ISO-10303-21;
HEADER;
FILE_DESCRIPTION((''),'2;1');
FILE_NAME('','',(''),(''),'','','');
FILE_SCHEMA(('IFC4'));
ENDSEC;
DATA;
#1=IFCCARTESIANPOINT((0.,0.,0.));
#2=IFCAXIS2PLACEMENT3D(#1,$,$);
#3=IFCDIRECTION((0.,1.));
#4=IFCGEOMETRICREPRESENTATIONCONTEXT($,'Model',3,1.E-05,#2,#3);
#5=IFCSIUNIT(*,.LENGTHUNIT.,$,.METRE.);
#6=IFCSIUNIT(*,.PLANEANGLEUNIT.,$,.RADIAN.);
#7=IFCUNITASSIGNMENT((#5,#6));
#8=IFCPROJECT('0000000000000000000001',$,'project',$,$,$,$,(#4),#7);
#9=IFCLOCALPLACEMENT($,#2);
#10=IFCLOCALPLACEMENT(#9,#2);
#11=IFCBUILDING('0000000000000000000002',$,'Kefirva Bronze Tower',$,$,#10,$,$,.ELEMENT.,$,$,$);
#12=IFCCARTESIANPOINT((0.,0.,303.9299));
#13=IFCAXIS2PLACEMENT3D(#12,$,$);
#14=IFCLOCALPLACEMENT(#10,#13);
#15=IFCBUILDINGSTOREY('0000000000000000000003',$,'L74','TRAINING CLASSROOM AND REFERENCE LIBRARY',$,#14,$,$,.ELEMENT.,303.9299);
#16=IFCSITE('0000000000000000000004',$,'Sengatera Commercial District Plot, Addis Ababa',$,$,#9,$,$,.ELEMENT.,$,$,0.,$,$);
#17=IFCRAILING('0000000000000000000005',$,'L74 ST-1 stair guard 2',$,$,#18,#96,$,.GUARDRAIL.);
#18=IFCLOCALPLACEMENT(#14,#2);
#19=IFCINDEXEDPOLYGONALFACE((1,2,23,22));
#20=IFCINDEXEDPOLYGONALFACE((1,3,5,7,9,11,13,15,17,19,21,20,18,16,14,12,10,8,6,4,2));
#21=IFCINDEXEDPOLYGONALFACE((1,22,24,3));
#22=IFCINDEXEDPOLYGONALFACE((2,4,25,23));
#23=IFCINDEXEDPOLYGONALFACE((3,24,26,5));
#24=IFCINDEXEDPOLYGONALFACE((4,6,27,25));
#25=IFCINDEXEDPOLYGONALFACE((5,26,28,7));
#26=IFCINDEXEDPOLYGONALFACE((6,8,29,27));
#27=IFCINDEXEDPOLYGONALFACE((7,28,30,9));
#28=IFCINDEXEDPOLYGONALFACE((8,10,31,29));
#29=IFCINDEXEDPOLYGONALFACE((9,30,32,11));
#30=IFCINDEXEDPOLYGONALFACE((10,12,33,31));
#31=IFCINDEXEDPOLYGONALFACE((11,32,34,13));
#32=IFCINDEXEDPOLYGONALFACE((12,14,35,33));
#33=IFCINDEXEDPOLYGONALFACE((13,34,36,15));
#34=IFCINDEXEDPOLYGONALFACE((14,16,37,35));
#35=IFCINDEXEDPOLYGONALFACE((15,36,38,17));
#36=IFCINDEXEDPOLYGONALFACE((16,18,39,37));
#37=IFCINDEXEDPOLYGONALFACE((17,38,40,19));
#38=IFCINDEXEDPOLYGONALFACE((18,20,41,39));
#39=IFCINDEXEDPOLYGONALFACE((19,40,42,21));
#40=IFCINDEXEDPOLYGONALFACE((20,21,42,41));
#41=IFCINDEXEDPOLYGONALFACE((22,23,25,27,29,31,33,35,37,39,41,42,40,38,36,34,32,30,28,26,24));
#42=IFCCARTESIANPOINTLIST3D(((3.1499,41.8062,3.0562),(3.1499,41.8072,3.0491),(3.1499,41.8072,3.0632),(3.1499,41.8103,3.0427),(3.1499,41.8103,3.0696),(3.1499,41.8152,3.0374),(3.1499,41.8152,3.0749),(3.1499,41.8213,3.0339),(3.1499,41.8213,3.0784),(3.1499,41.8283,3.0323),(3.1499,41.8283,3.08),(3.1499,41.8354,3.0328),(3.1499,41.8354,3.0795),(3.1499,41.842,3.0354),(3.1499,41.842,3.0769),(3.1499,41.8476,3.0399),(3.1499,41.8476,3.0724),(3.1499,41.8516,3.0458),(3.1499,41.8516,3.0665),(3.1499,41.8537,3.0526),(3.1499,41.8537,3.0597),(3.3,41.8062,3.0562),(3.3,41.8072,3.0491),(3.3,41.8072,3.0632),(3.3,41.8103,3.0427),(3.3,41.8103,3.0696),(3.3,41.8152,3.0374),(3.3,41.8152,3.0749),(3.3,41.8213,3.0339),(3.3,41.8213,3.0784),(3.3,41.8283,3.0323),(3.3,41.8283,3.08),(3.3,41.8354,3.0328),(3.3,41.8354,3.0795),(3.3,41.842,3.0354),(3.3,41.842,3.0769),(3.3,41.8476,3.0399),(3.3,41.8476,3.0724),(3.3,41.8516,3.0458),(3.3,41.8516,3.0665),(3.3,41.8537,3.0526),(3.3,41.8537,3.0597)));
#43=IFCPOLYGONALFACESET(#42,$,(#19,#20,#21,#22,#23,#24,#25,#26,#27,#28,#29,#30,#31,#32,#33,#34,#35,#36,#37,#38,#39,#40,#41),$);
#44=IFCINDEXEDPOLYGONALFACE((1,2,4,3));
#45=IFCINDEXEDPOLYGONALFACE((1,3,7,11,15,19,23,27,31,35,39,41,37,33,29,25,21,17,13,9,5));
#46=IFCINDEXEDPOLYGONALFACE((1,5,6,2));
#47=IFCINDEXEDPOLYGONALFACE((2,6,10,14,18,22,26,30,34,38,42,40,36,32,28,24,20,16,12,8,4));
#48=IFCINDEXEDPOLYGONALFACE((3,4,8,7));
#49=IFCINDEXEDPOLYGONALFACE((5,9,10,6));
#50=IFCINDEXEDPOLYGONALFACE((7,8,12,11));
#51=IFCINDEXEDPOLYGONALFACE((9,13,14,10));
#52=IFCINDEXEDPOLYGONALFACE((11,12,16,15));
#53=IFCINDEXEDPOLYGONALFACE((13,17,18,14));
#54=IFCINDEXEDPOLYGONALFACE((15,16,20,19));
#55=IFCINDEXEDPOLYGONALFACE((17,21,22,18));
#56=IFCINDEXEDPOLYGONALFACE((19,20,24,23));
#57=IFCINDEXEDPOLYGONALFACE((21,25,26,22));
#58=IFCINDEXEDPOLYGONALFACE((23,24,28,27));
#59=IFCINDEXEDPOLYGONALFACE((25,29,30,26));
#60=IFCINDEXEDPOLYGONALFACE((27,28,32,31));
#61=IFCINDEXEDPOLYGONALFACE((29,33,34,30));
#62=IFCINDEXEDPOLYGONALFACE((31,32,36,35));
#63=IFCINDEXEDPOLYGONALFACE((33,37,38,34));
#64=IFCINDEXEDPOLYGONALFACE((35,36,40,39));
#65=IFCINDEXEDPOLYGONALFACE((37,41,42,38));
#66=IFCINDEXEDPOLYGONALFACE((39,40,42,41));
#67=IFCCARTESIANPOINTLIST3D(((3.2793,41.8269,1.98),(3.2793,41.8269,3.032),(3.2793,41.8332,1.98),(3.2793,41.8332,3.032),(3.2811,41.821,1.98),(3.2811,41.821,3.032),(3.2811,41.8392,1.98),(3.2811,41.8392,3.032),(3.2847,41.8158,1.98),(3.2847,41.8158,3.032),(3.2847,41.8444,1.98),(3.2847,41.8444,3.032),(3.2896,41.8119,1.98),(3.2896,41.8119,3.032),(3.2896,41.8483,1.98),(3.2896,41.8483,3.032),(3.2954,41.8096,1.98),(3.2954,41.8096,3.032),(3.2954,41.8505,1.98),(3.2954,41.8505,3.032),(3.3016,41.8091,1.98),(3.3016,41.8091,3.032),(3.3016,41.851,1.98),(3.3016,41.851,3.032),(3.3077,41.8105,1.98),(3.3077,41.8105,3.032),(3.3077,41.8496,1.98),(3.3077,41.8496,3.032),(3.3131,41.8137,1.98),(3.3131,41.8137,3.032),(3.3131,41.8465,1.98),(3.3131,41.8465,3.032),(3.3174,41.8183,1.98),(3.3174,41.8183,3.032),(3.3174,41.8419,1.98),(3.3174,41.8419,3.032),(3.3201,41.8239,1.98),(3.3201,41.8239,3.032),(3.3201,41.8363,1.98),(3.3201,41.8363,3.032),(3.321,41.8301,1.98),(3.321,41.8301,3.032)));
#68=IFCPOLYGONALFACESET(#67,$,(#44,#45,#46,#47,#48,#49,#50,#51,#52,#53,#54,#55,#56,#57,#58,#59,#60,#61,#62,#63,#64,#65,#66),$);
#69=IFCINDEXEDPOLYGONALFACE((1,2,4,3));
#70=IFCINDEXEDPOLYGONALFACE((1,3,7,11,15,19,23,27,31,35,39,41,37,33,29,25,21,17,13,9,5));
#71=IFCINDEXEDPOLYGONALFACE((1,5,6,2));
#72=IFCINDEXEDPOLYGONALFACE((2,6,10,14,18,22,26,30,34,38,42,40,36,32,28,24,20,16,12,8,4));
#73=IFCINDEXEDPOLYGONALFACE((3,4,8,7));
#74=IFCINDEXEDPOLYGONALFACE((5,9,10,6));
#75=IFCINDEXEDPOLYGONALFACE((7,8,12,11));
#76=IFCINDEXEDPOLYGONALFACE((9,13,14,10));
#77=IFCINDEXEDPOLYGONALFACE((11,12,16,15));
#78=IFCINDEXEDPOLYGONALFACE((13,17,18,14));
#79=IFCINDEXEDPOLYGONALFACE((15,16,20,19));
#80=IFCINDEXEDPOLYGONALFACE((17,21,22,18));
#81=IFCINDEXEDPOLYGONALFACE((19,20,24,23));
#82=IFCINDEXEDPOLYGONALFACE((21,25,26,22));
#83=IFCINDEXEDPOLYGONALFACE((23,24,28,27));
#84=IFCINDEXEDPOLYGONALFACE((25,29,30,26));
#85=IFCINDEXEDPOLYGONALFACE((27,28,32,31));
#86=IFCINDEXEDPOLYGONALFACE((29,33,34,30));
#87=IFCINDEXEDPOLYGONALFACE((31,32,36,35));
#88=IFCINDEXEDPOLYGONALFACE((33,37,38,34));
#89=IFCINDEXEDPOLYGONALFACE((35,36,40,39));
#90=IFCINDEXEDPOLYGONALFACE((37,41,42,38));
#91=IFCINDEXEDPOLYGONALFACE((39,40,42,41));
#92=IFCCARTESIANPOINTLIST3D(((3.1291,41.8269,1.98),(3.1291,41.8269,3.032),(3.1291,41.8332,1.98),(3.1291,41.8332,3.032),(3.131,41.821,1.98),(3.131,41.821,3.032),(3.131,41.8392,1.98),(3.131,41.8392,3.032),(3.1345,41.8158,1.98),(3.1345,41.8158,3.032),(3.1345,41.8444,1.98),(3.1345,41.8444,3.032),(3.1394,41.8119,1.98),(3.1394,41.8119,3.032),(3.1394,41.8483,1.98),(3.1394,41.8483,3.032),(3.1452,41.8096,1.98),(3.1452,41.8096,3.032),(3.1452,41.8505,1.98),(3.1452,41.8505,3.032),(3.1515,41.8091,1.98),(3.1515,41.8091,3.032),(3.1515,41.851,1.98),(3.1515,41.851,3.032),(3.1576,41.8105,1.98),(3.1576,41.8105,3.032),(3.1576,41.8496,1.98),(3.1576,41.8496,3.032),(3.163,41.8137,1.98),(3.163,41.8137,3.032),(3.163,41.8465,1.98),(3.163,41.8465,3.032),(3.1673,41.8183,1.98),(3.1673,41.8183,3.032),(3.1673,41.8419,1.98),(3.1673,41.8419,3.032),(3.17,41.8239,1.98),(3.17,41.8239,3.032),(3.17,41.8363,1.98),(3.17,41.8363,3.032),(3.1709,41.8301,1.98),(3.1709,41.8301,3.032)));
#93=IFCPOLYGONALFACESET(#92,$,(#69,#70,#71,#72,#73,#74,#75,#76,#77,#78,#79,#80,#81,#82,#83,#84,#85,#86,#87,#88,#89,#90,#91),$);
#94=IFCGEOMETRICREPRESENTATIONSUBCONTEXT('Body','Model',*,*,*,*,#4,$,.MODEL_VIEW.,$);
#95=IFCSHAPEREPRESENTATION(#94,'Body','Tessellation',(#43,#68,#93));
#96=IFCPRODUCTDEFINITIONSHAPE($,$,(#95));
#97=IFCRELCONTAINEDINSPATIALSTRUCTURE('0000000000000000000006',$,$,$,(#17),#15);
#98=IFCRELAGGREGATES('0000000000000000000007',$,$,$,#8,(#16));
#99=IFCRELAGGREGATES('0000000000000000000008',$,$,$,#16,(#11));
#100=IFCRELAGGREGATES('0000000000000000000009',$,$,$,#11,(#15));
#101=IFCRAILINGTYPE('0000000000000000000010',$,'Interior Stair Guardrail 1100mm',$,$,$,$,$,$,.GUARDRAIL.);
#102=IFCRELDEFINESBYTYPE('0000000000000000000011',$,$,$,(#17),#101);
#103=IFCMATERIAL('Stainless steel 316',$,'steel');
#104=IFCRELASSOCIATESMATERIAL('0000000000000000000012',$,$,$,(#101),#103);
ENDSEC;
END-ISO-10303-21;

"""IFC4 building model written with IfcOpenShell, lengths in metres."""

from ifc_helpers import new_model, si_unit, direction, frame, origin, origin_2d, place, context, subcontext, project, spatial, circle, extrude, material, type_object, element, save


model = new_model("IFC4")

# Units and contexts
model_context = context("Model", 3, precision=1e-05, world=origin(), true_north=direction((0.0, 1.0)))
body_context = subcontext(model_context, "Body", "Model", "MODEL_VIEW")
ifc_project = project(units=[si_unit("LENGTHUNIT", "METRE"), si_unit("PLANEANGLEUNIT", "RADIAN")], contexts=[model_context])

# Site, building, storey
site_placement = place(None, origin())
site = spatial("IfcSite", under=ifc_project, at=site_placement, Name="Sengatera Commercial District Plot, Addis Ababa", CompositionType="ELEMENT", RefElevation=0.0)
building_placement = place(site_placement, origin())
building = spatial("IfcBuilding", under=site, at=building_placement, Name="Kefirva Bronze Tower", CompositionType="ELEMENT")
storey_placement = place(building_placement, frame((0.0, 0.0, 303.9299)))
storey = spatial("IfcBuildingStorey", under=building, at=storey_placement, Name="L74", Description="TRAINING CLASSROOM AND REFERENCE LIBRARY", CompositionType="ELEMENT", Elevation=303.9299)

# Railing
ifc_material_1 = material(Name="Stainless steel 316", Category="steel")
railing_type_1 = type_object("IfcRailingType", Name="Interior Stair Guardrail 1100mm", PredefinedType="GUARDRAIL", material=ifc_material_1)
railing_1_placement = place(storey_placement, frame((3.3, 41.8301, 1.98)))
element("IfcRailing", 1, at=railing_1_placement, inside=storey, type_object=railing_type_1, Name="L74 ST-1 stair guard 2", PredefinedType="GUARDRAIL", context=body_context, shape_type="SweptSolid", body=[
    extrude(circle(Radius=0.0239, at=origin_2d()), frame((0.0, 0.0, 1.0762), z_axis=(-1.0, 0.0, 0.0), x_axis=(0.0, -1.0, 0.0)), (0.0, 0.0, 1.0), 0.1501),
    extrude(circle(Radius=0.021, at=origin_2d()), origin(), (0.0, 0.0, 1.0), 1.052),
    extrude(circle(Radius=0.021, at=origin_2d()), frame((-0.1501, 0.0, 0.0)), (0.0, 0.0, 1.0), 1.052),
])

save(model, "model.ifc")
